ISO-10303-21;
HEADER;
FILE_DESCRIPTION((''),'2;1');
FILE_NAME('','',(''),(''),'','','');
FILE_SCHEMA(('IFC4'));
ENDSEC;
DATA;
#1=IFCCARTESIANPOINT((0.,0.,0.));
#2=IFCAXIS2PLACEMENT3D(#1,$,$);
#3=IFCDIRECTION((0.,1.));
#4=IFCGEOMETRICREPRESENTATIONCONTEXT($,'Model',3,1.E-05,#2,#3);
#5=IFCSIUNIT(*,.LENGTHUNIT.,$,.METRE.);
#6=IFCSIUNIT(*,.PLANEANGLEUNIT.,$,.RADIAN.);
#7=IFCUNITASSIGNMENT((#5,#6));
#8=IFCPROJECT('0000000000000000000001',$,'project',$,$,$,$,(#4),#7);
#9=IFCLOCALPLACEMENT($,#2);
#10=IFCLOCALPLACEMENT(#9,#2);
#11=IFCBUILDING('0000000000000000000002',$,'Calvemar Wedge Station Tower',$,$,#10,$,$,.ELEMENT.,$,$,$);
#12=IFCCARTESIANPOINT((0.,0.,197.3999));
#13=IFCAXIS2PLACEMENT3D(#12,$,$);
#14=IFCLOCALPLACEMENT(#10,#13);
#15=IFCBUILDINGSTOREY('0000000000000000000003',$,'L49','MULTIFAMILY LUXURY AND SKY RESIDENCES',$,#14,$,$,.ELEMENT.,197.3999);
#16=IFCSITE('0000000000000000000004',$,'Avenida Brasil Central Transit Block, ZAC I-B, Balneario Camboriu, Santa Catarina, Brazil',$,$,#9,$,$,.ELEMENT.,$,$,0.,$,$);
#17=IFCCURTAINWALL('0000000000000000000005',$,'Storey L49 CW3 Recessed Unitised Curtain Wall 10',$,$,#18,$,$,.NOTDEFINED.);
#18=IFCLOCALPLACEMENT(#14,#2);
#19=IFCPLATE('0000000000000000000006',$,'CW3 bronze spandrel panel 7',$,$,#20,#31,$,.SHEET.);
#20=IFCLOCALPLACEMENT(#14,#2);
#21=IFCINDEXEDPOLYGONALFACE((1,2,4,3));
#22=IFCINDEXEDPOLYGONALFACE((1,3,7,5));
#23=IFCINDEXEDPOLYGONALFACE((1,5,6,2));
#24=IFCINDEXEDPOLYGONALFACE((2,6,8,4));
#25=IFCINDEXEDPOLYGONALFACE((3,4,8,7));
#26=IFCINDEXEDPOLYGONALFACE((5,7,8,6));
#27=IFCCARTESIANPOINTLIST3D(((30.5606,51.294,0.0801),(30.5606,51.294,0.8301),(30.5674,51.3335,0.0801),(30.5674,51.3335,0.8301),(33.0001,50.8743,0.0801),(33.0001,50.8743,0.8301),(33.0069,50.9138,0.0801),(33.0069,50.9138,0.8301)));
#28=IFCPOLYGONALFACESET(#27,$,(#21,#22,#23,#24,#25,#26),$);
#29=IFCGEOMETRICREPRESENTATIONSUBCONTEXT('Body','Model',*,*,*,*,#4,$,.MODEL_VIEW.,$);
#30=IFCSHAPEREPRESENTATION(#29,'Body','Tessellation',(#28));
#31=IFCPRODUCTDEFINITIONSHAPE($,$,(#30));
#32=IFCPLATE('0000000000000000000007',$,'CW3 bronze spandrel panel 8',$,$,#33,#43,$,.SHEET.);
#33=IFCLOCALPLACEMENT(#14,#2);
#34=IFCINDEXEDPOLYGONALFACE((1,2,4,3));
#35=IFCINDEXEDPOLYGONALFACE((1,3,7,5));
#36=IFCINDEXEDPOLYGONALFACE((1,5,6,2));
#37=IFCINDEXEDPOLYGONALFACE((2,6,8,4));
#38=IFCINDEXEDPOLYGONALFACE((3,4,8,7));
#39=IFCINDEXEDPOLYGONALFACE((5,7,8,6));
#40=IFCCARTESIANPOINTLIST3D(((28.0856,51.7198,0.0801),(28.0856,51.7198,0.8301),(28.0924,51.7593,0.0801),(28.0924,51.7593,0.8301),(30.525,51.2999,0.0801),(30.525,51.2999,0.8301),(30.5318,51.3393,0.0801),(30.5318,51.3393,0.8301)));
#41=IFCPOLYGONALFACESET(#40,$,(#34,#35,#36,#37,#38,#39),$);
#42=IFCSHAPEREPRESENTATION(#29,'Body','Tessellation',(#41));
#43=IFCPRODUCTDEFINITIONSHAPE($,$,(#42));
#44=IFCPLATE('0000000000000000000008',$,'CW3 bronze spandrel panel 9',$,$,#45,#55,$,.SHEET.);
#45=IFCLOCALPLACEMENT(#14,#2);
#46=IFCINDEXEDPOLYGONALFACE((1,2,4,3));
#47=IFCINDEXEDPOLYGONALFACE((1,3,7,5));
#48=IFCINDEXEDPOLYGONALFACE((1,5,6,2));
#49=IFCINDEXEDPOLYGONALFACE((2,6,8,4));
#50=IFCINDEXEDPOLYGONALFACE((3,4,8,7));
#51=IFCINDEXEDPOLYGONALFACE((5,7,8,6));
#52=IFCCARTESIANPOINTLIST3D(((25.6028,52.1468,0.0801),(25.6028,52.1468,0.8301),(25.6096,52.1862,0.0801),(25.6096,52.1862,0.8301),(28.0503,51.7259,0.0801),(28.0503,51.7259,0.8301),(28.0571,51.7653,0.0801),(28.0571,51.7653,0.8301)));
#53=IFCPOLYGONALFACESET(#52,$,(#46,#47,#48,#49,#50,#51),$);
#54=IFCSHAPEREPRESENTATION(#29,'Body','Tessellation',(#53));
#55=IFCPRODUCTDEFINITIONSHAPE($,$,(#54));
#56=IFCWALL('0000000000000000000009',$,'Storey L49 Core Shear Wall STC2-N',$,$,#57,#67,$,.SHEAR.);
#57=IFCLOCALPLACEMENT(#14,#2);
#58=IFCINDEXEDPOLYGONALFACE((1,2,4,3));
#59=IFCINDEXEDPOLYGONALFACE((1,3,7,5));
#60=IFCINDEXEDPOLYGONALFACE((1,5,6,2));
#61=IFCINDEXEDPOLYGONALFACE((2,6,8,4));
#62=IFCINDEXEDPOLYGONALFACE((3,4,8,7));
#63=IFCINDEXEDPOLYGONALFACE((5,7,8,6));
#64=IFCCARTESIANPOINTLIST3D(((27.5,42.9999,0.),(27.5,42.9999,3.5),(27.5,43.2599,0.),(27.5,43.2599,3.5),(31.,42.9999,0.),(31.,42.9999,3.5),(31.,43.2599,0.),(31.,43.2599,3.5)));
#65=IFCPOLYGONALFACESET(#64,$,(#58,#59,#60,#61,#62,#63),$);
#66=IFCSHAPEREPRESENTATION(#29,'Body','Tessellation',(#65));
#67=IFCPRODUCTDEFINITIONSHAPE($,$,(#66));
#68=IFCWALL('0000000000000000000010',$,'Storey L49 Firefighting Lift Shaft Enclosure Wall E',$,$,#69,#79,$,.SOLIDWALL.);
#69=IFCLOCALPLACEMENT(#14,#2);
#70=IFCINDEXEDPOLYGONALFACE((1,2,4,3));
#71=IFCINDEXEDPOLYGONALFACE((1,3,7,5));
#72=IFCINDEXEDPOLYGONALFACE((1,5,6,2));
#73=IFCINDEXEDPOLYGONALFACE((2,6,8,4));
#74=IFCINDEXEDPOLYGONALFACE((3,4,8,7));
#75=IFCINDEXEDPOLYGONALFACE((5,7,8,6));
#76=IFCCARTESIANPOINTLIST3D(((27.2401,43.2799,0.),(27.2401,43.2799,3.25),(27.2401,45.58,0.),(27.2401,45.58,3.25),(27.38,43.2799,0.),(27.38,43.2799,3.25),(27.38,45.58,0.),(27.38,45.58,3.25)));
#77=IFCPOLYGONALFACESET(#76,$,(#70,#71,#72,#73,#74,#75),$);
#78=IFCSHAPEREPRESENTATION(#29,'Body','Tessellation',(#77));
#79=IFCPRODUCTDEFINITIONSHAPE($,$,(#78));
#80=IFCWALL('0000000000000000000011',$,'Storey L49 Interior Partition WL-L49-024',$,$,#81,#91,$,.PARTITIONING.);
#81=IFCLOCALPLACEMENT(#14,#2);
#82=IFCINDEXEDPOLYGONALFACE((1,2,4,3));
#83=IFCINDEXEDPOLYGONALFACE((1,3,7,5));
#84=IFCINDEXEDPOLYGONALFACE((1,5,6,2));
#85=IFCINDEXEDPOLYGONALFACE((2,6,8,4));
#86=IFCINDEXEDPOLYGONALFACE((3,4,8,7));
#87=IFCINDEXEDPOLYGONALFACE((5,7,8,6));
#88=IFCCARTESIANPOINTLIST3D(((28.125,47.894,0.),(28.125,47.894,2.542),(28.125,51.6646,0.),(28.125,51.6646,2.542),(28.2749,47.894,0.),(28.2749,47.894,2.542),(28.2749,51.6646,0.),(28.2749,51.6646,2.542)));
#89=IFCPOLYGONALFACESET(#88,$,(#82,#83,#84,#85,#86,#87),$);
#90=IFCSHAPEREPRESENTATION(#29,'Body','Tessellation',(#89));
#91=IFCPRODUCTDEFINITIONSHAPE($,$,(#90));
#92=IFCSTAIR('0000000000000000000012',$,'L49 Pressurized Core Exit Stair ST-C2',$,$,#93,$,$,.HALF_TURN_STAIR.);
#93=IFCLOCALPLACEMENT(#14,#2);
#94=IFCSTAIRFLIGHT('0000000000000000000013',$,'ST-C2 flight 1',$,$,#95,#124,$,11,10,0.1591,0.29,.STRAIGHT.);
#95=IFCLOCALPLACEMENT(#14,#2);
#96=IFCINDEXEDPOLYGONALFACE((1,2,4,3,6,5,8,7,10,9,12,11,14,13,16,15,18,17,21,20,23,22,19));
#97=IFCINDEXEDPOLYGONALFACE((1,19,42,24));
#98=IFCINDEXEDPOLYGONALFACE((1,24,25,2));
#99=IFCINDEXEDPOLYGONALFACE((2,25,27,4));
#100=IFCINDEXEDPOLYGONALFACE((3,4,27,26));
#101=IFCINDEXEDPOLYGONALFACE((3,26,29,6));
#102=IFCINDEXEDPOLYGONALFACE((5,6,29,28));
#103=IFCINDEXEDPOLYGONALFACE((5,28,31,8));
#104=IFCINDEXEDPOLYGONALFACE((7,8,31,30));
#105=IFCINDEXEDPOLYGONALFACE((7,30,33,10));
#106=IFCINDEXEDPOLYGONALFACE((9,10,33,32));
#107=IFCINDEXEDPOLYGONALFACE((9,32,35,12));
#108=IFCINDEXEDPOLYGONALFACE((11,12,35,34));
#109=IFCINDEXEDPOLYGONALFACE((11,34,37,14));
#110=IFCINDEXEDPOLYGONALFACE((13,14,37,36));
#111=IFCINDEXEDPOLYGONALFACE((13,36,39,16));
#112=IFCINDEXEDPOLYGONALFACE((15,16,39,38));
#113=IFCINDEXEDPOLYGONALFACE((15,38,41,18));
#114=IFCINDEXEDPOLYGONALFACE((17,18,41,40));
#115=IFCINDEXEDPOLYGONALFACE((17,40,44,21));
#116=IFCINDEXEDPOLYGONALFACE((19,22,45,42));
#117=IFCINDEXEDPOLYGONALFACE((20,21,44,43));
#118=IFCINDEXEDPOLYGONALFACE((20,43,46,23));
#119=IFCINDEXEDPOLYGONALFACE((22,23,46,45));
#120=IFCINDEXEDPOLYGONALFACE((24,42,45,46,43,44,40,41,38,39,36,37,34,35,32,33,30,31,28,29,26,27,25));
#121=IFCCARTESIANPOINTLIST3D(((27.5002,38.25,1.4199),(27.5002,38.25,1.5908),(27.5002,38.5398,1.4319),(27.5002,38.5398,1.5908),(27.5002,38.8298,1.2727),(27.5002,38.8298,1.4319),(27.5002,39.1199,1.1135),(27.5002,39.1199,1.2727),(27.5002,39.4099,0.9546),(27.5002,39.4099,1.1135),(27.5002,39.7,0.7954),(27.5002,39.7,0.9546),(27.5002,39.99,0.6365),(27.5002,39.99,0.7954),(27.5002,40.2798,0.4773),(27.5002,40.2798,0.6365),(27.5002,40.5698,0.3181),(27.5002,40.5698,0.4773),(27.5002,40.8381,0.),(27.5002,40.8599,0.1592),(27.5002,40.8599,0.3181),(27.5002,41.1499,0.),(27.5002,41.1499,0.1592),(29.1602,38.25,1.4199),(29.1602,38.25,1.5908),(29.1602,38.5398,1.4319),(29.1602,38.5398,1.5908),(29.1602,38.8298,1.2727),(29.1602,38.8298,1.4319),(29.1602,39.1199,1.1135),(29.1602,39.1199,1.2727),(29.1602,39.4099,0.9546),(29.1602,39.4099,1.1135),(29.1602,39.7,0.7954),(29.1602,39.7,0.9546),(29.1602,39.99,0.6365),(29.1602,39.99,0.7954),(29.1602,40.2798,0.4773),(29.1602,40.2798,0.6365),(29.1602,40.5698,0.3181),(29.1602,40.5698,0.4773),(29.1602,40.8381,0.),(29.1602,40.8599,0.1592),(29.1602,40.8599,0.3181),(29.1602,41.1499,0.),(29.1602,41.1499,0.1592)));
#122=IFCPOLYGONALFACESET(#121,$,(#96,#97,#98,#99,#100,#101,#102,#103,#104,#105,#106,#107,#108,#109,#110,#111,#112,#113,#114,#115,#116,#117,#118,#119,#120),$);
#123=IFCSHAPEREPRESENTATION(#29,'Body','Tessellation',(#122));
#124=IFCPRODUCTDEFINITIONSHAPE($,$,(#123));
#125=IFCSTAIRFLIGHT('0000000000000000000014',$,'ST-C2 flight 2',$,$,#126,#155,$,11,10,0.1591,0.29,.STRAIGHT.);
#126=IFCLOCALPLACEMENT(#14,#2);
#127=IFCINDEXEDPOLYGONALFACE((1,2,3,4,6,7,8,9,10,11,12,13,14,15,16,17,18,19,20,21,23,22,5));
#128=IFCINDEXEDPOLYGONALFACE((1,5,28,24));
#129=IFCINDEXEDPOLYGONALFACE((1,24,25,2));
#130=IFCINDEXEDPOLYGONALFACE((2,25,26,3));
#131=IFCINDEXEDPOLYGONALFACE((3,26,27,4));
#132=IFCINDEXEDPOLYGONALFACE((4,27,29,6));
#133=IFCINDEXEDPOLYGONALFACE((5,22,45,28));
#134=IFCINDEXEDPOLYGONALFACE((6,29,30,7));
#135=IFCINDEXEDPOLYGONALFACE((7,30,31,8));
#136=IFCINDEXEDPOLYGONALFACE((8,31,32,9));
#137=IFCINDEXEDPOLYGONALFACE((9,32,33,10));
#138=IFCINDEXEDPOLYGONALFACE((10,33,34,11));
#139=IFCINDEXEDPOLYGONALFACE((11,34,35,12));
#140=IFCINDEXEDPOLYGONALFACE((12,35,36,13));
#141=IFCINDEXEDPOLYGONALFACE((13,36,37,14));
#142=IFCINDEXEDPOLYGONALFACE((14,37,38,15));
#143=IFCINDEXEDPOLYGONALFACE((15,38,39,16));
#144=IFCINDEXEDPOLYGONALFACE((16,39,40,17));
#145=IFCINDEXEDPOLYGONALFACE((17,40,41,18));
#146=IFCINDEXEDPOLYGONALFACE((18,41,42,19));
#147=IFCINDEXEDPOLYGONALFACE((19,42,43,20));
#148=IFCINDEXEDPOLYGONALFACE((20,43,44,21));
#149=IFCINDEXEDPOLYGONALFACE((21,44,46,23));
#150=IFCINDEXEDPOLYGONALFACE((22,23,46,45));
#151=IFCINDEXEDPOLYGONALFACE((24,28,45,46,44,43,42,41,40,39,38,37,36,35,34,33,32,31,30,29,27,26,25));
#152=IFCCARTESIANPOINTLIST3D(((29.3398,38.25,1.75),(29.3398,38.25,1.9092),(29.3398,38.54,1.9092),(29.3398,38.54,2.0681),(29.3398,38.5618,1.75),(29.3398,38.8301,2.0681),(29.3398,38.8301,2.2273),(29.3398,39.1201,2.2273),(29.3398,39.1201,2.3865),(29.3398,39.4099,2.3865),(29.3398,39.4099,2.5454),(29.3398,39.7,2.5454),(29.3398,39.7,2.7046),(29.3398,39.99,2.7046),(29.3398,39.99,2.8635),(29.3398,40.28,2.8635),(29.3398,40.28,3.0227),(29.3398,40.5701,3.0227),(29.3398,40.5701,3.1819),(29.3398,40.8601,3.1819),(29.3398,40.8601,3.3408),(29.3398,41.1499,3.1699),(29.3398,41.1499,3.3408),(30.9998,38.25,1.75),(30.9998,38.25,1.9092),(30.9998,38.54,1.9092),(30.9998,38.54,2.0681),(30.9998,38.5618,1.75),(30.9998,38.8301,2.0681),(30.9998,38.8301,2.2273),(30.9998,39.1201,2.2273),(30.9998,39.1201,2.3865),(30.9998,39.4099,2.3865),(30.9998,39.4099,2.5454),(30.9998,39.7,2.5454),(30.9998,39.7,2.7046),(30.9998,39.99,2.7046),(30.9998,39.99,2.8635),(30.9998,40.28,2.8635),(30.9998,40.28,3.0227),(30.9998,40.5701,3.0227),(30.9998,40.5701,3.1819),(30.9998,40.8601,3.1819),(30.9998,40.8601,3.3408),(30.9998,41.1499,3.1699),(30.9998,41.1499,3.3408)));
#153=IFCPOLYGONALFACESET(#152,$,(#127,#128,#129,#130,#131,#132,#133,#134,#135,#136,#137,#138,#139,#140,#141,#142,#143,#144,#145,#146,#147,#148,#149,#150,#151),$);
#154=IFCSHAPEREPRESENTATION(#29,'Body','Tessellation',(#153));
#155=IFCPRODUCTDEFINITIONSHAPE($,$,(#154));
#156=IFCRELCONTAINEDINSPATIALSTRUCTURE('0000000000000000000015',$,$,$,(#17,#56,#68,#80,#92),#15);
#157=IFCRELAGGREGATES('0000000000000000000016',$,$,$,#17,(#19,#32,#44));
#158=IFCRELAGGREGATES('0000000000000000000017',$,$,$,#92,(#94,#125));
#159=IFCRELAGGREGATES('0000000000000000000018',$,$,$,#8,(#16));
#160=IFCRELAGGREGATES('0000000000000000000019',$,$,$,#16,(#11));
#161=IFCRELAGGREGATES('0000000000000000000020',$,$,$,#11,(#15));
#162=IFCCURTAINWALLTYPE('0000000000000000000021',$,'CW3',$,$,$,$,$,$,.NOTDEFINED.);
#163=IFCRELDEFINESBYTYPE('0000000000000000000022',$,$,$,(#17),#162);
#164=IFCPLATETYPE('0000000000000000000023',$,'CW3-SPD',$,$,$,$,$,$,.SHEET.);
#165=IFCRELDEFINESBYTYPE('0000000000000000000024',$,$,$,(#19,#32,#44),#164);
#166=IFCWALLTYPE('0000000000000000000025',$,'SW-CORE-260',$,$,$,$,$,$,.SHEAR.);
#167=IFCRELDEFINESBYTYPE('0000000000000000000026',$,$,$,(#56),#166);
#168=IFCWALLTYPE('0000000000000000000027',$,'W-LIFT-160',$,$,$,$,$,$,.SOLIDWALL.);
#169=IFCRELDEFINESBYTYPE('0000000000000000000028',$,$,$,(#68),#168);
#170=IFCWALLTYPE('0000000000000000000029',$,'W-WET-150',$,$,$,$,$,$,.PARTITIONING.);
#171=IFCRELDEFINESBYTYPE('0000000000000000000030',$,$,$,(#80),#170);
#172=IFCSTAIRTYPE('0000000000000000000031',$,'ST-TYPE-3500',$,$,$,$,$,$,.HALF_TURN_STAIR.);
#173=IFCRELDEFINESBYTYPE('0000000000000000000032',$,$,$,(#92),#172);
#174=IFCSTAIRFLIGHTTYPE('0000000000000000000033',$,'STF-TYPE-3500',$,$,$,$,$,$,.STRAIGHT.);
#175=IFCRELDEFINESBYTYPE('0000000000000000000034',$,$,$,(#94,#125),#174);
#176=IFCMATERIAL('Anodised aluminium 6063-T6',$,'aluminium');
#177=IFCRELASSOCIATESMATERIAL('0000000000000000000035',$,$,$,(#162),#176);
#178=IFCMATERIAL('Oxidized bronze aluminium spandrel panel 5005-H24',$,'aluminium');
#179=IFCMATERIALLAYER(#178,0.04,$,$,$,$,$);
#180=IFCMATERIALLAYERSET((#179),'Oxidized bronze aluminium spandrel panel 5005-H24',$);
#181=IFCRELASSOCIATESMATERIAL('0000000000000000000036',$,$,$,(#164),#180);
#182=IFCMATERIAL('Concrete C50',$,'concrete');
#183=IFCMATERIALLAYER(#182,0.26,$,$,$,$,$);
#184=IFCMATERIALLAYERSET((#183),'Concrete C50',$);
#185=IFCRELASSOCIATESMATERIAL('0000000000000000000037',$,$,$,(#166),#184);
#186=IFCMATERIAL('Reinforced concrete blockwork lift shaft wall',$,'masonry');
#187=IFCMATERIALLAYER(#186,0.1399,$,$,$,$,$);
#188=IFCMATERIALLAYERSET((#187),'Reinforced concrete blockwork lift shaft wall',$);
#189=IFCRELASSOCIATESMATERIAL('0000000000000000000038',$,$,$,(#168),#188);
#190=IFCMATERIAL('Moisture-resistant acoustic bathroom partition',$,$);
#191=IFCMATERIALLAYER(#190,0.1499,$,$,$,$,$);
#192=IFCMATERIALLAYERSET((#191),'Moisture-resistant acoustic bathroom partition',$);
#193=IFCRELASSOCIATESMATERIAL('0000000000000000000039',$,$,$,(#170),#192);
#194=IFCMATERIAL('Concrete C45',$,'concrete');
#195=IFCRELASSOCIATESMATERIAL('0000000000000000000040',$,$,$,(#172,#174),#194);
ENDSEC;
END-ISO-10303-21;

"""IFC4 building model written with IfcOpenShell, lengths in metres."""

from ifc_helpers import new_model, si_unit, direction, frame, frame_2d, origin, place, context, subcontext, project, spatial, polyline, rectangle, outline, extrude, material, layer, layer_set, type_object, element, aggregate, save


model = new_model("IFC4")

# Units and contexts
model_context = context("Model", 3, precision=1e-05, world=origin(), true_north=direction((0.0, 1.0)))
body_context = subcontext(model_context, "Body", "Model", "MODEL_VIEW")
ifc_project = project(units=[si_unit("LENGTHUNIT", "METRE"), si_unit("PLANEANGLEUNIT", "RADIAN")], contexts=[model_context])

# Site, building, storey
site_placement = place(None, origin())
site = spatial("IfcSite", under=ifc_project, at=site_placement, Name="Avenida Brasil Central Transit Block, ZAC I-B, Balneario Camboriu, Santa Catarina, Brazil", CompositionType="ELEMENT", RefElevation=0.0)
building_placement = place(site_placement, origin())
building = spatial("IfcBuilding", under=site, at=building_placement, Name="Calvemar Wedge Station Tower", CompositionType="ELEMENT")
storey_placement = place(building_placement, frame((0.0, 0.0, 197.3999)))
storey = spatial("IfcBuildingStorey", under=building, at=storey_placement, Name="L49", Description="MULTIFAMILY LUXURY AND SKY RESIDENCES", CompositionType="ELEMENT", Elevation=197.3999)

# Shared definitions
ifc_material_1 = material(Name="Concrete C50", Category="concrete")

# Curtain wall, plates
ifc_material_2 = material(Name="Anodised aluminium 6063-T6", Category="aluminium")
curtain_wall_type = type_object("IfcCurtainWallType", Name="CW3", PredefinedType="NOTDEFINED", material=ifc_material_2)
curtain_wall_placement = place(storey_placement, origin())
curtain_wall = element("IfcCurtainWall", 1, at=curtain_wall_placement, inside=storey, type_object=curtain_wall_type, Name="Storey L49 CW3 Recessed Unitised Curtain Wall 10", PredefinedType="NOTDEFINED")
ifc_material_3 = material(Name="Oxidized bronze aluminium spandrel panel 5005-H24", Category="aluminium")
ifc_layer_1 = layer(ifc_material_3, 0.04)
ifc_layer_set_1 = layer_set([ifc_layer_1], Name="Oxidized bronze aluminium spandrel panel 5005-H24")
plate_type_1 = type_object("IfcPlateType", Name="CW3-SPD", PredefinedType="SHEET", material=ifc_layer_set_1)
plate_1_placement = place(storey_placement, frame((33.0037, 50.894, 0.0801), z_axis=(0.0, 0.0, 1.0), x_axis=(-0.985522, 0.169547, 0.0)))
plate_1 = element("IfcPlate", 2, at=plate_1_placement, type_object=plate_type_1, Name="CW3 bronze spandrel panel 7", PredefinedType="SHEET", context=body_context, shape_type="SweptSolid", body=[
    extrude(rectangle(XDim=2.4753, YDim=0.04, at=frame_2d((1.2378, 0.0))), origin(), (0.0, 0.0, 1.0), 0.75),
])
plate_2_placement = place(storey_placement, frame((30.5286, 51.3196, 0.0801), z_axis=(0.0, 0.0, 1.0), x_axis=(-0.985506, 0.169643, 0.0)))
plate_2 = element("IfcPlate", 3, at=plate_2_placement, type_object=plate_type_1, Name="CW3 bronze spandrel panel 8", PredefinedType="SHEET", context=body_context, shape_type="SweptSolid", body=[
    extrude(rectangle(XDim=2.4753, YDim=0.04, at=frame_2d((1.2378, 0.0))), origin(), (0.0, 0.0, 1.0), 0.75),
])
plate_3_placement = place(storey_placement, frame((28.0537, 51.7456, 0.0801), z_axis=(0.0, 0.0, 1.0), x_axis=(-0.985533, 0.169482, 0.0)))
plate_3 = element("IfcPlate", 4, at=plate_3_placement, type_object=plate_type_1, Name="CW3 bronze spandrel panel 9", PredefinedType="SHEET", context=body_context, shape_type="SweptSolid", body=[
    extrude(rectangle(XDim=2.4834, YDim=0.04, at=frame_2d((1.2417, 0.0))), origin(), (0.0, 0.0, 1.0), 0.75),
])
aggregate(curtain_wall, [plate_1, plate_2, plate_3])

# Wall
ifc_layer_2 = layer(ifc_material_1, 0.26)
ifc_layer_set_2 = layer_set([ifc_layer_2], Name="Concrete C50")
wall_type_1 = type_object("IfcWallType", Name="SW-CORE-260", PredefinedType="SHEAR", material=ifc_layer_set_2)
wall_1_placement = place(storey_placement, frame((27.5, 43.1299, 0.0), z_axis=(0.0, 0.0, 1.0), x_axis=(1.0, 0.0, 0.0)))
element("IfcWall", 5, at=wall_1_placement, inside=storey, type_object=wall_type_1, Name="Storey L49 Core Shear Wall STC2-N", PredefinedType="SHEAR", context=body_context, shape_type="SweptSolid", body=[
    extrude(rectangle(XDim=3.5, YDim=0.26, at=frame_2d((1.75, 0.0))), origin(), (0.0, 0.0, 1.0), 3.5),
])

# Walls
ifc_material_4 = material(Name="Reinforced concrete blockwork lift shaft wall", Category="masonry")
ifc_layer_3 = layer(ifc_material_4, 0.1399)
ifc_layer_set_3 = layer_set([ifc_layer_3], Name="Reinforced concrete blockwork lift shaft wall")
wall_type_2 = type_object("IfcWallType", Name="W-LIFT-160", PredefinedType="SOLIDWALL", material=ifc_layer_set_3)
wall_2_placement = place(storey_placement, frame((27.3101, 43.28, 0.0), z_axis=(0.0, 0.0, 1.0), x_axis=(0.0, 1.0, 0.0)))
element("IfcWall", 6, at=wall_2_placement, inside=storey, type_object=wall_type_2, Name="Storey L49 Firefighting Lift Shaft Enclosure Wall E", PredefinedType="SOLIDWALL", context=body_context, shape_type="SweptSolid", body=[
    extrude(rectangle(XDim=2.3, YDim=0.1399, at=frame_2d((1.1499, 0.0))), origin(), (0.0, 0.0, 1.0), 3.25),
])
ifc_material_5 = material(Name="Moisture-resistant acoustic bathroom partition")
ifc_layer_4 = layer(ifc_material_5, 0.1499)
ifc_layer_set_4 = layer_set([ifc_layer_4], Name="Moisture-resistant acoustic bathroom partition")
wall_type_3 = type_object("IfcWallType", Name="W-WET-150", PredefinedType="PARTITIONING", material=ifc_layer_set_4)
wall_3_placement = place(storey_placement, frame((28.2, 51.6646, 0.0), z_axis=(0.0, 0.0, 1.0), x_axis=(0.0, -1.0, 0.0)))
element("IfcWall", 7, at=wall_3_placement, inside=storey, type_object=wall_type_3, Name="Storey L49 Interior Partition WL-L49-024", PredefinedType="PARTITIONING", context=body_context, shape_type="SweptSolid", body=[
    extrude(rectangle(XDim=3.7705, YDim=0.1499, at=frame_2d((1.8853, 0.0))), origin(), (0.0, 0.0, 1.0), 2.542),
])

# Stair, stair flights
ifc_material_6 = material(Name="Concrete C45", Category="concrete")
stair_type = type_object("IfcStairType", Name="ST-TYPE-3500", PredefinedType="HALF_TURN_STAIR", material=ifc_material_6)
stair_placement = place(storey_placement, origin())
stair = element("IfcStair", 8, at=stair_placement, inside=storey, type_object=stair_type, Name="L49 Pressurized Core Exit Stair ST-C2", PredefinedType="HALF_TURN_STAIR")
stair_flight_type = type_object("IfcStairFlightType", Name="STF-TYPE-3500", PredefinedType="STRAIGHT", material=ifc_material_6)
stair_flight_1_placement = place(storey_placement, frame((28.3301, 41.1499, 0.0), z_axis=(0.0, 0.0, 1.0), x_axis=(0.0, -1.0, 0.0)))
stair_flight_1 = element("IfcStairFlight", 9, at=stair_flight_1_placement, type_object=stair_flight_type, Name="ST-C2 flight 1", NumberOfRisers=11, NumberOfTreads=10, PredefinedType="STRAIGHT", RiserHeight=0.1591, TreadLength=0.29, context=body_context, shape_type="SweptSolid", body=[
    extrude(outline(polyline([(0.0, 0.0), (0.0, 0.1592), (0.29, 0.1592), (0.29, 0.3181), (0.5801, 0.3181), (0.5801, 0.4773), (0.8701, 0.4773), (0.8701, 0.6365), (1.1599, 0.6365), (1.1599, 0.7954), (1.45, 0.7954), (1.45, 0.9546), (1.74, 0.9546), (1.74, 1.1135), (2.03, 1.1135), (2.03, 1.2727), (2.3201, 1.2727), (2.3201, 1.4319), (2.6101, 1.4319), (2.6101, 1.5908), (2.8999, 1.5908), (2.8999, 1.75), (2.8999, 1.4199), (0.3118, 0.0), (0.0, 0.0)])), frame((0.0, 0.8301, 0.0), z_axis=(0.0, -1.0, 0.0), x_axis=(1.0, 0.0, 0.0)), (0.0, 0.0, 1.0), 1.6599),
])
stair_flight_2_placement = place(storey_placement, frame((30.1699, 38.25, 1.75), z_axis=(0.0, 0.0, 1.0), x_axis=(0.0, 1.0, 0.0)))
stair_flight_2 = element("IfcStairFlight", 10, at=stair_flight_2_placement, type_object=stair_flight_type, Name="ST-C2 flight 2", NumberOfRisers=11, NumberOfTreads=10, PredefinedType="STRAIGHT", RiserHeight=0.1591, TreadLength=0.29, context=body_context, shape_type="SweptSolid", body=[
    extrude(outline(polyline([(0.0, 0.0), (0.0, 0.1592), (0.29, 0.1592), (0.29, 0.3181), (0.5801, 0.3181), (0.5801, 0.4773), (0.8701, 0.4773), (0.8701, 0.6365), (1.1599, 0.6365), (1.1599, 0.7954), (1.45, 0.7954), (1.45, 0.9546), (1.74, 0.9546), (1.74, 1.1135), (2.03, 1.1135), (2.03, 1.2727), (2.3201, 1.2727), (2.3201, 1.4319), (2.6101, 1.4319), (2.6101, 1.5908), (2.8999, 1.5908), (2.8999, 1.75), (2.8999, 1.4199), (0.3118, 0.0), (0.0, 0.0)])), frame((0.0, 0.8301, 0.0), z_axis=(0.0, -1.0, 0.0), x_axis=(1.0, 0.0, 0.0)), (0.0, 0.0, 1.0), 1.6599),
])
aggregate(stair, [stair_flight_1, stair_flight_2])

save(model, "model.ifc")
